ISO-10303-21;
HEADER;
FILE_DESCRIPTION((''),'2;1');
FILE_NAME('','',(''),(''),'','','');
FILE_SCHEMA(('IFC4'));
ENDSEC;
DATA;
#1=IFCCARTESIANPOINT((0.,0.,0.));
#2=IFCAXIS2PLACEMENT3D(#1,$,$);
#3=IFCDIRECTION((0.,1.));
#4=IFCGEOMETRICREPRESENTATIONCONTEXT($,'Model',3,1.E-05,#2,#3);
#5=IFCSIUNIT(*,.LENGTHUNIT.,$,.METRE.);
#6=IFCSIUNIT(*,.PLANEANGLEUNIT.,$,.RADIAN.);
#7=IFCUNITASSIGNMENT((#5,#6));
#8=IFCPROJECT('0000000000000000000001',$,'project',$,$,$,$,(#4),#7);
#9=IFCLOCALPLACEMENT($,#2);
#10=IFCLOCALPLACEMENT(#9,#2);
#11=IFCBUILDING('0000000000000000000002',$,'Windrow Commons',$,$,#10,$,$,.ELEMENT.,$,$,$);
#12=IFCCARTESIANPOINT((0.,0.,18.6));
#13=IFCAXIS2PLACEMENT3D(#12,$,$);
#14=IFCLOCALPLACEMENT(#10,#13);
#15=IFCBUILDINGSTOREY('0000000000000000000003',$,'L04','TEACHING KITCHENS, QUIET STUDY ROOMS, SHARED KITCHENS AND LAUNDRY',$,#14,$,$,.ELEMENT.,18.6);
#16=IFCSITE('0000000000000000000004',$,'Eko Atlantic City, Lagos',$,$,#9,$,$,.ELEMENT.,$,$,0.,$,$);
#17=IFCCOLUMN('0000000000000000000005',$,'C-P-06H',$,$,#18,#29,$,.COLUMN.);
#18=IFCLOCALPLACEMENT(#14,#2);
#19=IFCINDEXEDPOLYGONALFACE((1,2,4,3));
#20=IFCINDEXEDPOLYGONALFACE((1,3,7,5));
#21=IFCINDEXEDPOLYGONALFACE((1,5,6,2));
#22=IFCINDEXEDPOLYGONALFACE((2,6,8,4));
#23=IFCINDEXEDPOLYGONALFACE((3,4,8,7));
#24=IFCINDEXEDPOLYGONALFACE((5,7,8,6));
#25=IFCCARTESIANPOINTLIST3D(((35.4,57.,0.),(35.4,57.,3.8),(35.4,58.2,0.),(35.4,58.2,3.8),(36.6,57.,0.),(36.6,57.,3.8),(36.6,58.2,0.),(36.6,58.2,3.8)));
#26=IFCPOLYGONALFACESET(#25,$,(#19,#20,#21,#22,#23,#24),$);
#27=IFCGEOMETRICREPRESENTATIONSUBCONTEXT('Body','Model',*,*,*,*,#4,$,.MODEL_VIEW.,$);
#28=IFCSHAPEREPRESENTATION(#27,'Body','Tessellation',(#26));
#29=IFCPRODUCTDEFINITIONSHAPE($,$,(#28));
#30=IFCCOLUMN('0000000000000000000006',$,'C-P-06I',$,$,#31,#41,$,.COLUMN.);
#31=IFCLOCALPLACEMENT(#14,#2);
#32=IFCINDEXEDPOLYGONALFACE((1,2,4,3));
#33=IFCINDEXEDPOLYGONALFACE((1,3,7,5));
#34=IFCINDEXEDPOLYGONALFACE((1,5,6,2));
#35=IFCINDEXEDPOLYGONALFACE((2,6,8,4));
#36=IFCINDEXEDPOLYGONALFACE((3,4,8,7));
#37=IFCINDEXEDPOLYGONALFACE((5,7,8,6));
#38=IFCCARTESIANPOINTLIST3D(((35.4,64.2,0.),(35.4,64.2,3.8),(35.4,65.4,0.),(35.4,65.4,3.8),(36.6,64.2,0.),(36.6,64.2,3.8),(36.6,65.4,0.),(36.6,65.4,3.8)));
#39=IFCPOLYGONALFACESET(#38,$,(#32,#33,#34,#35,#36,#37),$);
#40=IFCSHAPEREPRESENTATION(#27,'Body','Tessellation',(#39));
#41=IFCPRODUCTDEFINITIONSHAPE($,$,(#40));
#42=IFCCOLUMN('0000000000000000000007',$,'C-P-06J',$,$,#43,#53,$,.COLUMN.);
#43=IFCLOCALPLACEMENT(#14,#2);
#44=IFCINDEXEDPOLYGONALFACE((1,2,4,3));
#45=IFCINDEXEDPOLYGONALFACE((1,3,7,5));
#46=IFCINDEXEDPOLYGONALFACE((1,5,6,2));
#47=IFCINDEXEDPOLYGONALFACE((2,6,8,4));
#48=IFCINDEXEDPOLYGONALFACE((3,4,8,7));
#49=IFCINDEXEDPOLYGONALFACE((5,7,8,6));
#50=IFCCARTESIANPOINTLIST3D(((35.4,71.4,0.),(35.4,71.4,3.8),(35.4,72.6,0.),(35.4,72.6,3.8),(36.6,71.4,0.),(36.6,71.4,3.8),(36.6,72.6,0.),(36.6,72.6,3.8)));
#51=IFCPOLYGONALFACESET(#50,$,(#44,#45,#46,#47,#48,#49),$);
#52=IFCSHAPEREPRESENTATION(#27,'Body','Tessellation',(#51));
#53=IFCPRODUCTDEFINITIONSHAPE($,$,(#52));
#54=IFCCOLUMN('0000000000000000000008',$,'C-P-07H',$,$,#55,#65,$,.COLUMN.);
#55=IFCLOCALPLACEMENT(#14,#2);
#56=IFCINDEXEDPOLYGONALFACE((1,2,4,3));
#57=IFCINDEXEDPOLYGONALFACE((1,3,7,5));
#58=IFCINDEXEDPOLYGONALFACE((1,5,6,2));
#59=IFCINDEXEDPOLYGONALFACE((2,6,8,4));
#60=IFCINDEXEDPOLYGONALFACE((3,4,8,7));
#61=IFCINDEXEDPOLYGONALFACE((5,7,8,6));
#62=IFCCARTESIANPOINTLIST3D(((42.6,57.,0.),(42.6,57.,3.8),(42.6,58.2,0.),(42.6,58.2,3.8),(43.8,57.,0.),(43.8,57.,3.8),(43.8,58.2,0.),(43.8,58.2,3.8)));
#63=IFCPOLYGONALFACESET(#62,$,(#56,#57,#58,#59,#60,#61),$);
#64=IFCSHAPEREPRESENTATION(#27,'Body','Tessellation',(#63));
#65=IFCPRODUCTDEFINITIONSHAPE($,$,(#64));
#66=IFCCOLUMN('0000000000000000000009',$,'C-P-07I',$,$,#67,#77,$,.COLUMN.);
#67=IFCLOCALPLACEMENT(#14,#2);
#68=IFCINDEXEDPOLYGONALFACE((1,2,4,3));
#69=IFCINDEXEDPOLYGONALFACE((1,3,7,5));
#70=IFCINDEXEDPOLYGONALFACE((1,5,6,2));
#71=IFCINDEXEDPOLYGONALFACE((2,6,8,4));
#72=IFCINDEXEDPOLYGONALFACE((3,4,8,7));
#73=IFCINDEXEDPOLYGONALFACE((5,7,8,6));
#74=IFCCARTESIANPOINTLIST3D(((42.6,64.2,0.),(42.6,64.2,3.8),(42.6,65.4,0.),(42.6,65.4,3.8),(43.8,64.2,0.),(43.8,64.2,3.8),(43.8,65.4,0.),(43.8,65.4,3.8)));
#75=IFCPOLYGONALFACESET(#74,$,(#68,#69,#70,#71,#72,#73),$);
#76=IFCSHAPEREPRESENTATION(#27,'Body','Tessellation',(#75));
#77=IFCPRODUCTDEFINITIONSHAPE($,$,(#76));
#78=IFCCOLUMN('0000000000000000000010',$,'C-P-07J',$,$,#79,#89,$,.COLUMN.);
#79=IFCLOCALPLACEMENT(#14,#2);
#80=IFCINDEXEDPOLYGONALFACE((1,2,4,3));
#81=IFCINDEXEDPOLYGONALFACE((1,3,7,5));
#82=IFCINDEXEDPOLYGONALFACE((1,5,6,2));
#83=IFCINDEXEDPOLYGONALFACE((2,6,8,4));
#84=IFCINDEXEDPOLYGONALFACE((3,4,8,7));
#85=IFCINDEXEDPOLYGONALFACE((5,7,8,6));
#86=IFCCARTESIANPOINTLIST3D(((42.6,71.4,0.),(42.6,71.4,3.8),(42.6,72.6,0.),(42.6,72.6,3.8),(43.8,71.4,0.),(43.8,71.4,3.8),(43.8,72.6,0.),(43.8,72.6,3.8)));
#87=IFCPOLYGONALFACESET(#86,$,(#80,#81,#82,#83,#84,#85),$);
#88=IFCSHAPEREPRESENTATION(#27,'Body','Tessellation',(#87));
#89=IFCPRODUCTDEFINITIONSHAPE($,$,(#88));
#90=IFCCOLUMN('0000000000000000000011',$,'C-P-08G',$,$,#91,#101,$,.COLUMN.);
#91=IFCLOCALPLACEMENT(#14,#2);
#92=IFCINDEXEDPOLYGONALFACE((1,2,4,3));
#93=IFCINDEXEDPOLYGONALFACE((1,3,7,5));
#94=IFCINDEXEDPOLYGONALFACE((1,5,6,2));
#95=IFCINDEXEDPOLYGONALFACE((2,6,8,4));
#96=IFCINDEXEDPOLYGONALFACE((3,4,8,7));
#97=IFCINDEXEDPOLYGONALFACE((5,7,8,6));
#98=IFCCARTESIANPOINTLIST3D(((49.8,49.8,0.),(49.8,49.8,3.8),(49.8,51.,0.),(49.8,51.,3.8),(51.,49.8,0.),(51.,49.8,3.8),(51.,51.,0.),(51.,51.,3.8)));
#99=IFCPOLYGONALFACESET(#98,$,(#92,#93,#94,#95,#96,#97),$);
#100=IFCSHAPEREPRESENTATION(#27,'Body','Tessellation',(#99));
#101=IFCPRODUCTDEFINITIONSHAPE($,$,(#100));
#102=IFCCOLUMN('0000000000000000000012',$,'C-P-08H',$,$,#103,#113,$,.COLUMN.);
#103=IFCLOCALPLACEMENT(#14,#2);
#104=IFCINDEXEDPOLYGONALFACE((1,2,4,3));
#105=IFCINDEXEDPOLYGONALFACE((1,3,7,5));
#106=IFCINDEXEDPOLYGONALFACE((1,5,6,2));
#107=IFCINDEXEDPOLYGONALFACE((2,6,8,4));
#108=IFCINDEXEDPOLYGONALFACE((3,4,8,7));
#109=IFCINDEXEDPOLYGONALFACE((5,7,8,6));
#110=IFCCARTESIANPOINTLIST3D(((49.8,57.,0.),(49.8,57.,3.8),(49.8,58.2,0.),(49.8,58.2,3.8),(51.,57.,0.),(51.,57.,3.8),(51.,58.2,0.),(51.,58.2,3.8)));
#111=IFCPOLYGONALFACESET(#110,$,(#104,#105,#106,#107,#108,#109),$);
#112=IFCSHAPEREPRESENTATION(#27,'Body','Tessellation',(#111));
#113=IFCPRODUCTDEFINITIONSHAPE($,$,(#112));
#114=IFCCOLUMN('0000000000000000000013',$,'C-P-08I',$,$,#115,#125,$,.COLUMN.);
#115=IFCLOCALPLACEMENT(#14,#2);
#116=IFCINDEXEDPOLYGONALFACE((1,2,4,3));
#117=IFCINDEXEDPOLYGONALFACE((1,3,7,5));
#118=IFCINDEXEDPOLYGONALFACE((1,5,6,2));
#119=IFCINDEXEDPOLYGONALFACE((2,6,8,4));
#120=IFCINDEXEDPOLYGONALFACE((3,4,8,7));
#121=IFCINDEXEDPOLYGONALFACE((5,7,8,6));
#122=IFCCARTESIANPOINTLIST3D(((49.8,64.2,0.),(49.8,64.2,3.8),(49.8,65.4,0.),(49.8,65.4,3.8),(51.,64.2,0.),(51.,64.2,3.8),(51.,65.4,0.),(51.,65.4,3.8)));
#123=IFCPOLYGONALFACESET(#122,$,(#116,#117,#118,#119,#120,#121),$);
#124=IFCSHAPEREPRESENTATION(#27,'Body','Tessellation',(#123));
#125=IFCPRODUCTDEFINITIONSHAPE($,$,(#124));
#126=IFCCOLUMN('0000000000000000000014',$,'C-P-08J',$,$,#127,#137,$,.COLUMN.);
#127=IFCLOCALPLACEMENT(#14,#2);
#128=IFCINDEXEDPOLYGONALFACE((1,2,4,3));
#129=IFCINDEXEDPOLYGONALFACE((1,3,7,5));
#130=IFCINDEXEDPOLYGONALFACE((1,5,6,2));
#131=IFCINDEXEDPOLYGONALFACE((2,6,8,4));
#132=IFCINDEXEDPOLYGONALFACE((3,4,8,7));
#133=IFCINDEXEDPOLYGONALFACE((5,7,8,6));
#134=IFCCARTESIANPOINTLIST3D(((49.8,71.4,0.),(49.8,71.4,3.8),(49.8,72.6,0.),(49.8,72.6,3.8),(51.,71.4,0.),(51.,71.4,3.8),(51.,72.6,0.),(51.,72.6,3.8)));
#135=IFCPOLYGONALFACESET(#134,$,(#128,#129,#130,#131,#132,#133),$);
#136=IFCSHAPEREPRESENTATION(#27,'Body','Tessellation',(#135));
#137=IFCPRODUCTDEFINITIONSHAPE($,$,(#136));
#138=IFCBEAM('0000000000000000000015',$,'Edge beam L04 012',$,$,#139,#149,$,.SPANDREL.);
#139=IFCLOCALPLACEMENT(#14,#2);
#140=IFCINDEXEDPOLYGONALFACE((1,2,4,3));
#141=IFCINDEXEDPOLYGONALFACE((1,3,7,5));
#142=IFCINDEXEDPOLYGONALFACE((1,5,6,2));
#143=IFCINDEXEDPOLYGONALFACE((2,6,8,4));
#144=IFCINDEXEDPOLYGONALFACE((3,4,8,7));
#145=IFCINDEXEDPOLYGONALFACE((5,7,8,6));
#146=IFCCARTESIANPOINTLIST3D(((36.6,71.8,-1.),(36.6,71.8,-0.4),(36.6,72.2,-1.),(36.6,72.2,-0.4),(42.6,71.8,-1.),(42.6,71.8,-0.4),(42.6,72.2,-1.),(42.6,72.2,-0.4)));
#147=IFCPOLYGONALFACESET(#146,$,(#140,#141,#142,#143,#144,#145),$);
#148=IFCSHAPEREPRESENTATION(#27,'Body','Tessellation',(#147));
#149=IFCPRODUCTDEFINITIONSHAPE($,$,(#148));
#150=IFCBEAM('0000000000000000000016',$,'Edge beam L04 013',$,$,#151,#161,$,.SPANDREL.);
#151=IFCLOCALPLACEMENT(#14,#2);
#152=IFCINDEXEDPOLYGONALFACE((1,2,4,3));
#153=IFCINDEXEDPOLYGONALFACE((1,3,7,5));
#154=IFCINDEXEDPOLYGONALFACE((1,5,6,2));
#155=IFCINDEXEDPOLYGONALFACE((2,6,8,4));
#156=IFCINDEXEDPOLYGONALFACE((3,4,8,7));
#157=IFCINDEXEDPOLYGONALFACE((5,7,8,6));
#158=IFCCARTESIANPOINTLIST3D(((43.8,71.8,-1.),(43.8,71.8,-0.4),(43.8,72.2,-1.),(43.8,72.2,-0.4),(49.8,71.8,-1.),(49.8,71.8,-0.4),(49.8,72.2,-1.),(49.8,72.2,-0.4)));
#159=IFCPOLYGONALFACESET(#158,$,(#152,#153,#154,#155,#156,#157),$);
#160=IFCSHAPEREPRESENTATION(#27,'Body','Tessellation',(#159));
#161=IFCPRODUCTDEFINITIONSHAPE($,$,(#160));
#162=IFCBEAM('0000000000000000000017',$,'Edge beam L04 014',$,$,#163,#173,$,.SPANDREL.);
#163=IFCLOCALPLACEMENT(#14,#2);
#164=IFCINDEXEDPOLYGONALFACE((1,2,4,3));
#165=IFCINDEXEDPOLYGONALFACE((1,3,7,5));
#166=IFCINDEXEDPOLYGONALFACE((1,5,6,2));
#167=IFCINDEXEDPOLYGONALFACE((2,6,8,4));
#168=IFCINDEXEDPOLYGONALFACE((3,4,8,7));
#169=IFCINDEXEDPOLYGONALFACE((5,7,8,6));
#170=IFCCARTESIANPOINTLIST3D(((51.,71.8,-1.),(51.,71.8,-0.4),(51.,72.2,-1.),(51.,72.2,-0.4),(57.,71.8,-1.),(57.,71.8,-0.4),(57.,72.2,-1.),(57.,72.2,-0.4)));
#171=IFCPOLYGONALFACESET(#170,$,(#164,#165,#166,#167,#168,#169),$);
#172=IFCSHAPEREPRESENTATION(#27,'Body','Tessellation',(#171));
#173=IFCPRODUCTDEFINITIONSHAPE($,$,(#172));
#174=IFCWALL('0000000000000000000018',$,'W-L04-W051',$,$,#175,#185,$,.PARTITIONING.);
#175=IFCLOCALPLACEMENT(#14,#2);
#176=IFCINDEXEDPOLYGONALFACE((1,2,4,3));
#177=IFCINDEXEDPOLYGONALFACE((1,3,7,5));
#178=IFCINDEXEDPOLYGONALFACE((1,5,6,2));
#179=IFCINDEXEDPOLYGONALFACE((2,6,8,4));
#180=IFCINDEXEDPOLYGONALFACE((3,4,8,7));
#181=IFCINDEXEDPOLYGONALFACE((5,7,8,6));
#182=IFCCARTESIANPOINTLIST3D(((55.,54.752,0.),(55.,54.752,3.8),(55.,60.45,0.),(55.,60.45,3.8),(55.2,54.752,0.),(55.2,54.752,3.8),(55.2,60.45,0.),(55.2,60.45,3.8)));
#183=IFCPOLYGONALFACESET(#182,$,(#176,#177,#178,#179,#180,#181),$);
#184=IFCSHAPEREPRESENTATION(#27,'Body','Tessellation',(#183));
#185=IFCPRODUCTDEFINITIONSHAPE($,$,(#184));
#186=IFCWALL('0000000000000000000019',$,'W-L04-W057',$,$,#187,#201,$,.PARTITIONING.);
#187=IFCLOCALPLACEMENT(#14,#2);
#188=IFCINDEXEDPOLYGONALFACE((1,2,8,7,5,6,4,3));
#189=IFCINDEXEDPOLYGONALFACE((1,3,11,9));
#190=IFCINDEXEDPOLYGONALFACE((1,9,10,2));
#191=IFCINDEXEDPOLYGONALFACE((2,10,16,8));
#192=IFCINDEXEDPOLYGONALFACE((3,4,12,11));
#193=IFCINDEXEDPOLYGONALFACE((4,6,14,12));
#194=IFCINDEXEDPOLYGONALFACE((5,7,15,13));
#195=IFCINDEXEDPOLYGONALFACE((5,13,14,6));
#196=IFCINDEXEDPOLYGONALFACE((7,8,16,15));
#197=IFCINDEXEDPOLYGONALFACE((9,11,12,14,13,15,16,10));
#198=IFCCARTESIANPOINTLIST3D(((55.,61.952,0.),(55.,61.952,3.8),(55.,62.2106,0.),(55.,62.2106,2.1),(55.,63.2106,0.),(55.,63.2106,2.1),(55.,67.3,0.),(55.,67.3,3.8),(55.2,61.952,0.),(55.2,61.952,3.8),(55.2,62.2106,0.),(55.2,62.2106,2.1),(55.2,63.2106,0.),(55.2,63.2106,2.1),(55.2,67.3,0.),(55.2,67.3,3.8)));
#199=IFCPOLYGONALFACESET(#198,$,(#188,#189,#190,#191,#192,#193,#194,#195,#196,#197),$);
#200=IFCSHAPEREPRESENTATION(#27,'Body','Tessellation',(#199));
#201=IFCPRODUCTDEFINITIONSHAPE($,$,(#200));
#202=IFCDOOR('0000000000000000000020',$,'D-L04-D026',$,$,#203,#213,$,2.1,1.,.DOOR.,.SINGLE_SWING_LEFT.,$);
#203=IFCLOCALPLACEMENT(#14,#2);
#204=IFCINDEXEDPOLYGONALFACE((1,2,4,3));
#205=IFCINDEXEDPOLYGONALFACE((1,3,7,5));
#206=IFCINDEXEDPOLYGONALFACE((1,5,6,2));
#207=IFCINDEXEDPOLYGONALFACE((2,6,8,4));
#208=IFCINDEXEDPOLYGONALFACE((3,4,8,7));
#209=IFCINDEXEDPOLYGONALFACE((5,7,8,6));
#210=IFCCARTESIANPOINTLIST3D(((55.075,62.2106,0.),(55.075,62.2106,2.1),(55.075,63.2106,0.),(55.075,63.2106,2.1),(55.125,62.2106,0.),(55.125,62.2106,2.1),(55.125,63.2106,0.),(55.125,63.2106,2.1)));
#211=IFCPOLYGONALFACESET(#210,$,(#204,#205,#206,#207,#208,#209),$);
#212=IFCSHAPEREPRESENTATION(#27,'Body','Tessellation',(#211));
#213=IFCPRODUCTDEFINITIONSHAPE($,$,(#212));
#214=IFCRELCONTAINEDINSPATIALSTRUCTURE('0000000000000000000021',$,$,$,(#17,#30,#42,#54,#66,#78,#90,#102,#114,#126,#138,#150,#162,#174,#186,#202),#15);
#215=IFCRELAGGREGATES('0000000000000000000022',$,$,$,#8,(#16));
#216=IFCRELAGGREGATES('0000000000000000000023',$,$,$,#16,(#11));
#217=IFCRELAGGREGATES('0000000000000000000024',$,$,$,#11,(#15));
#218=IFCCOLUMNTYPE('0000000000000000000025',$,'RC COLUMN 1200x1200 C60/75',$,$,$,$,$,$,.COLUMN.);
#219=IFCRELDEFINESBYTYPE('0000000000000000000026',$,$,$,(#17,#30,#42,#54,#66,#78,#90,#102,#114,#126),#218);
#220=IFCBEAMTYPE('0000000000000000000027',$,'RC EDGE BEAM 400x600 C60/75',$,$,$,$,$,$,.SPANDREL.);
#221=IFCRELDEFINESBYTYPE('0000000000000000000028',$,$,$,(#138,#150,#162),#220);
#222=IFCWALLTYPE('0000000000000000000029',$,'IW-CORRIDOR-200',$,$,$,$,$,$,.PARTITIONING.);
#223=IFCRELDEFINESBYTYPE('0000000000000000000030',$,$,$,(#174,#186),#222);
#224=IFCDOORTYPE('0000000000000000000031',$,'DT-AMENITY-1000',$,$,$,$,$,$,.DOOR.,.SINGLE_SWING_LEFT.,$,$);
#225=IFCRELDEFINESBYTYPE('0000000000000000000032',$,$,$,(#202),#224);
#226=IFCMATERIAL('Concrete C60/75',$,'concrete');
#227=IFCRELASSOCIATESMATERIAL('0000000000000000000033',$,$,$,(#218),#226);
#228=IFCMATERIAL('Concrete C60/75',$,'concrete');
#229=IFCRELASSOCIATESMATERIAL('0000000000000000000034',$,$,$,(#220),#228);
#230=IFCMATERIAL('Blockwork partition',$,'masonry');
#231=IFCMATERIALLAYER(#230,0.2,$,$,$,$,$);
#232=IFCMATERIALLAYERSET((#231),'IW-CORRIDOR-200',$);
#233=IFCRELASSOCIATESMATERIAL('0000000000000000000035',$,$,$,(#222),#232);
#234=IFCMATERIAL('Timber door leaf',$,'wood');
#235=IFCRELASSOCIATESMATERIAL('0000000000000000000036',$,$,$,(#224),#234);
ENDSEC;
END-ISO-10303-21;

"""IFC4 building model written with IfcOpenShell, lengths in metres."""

from ifc_helpers import new_model, si_unit, direction, frame, frame_2d, origin, origin_2d, place, context, subcontext, project, spatial, rectangle, extrude, material, layer, layer_set, material_profile, profile_set, type_object, element, fill, save


model = new_model("IFC4")

# Units and contexts
model_context = context("Model", 3, precision=1e-05, world=origin(), true_north=direction((0.0, 1.0)))
body_context = subcontext(model_context, "Body", "Model", "MODEL_VIEW")
ifc_project = project(units=[si_unit("LENGTHUNIT", "METRE"), si_unit("PLANEANGLEUNIT", "RADIAN")], contexts=[model_context])

# Site, building, storey
site_placement = place(None, origin())
site = spatial("IfcSite", under=ifc_project, at=site_placement, Name="Eko Atlantic City, Lagos", CompositionType="ELEMENT", RefElevation=0.0)
building_placement = place(site_placement, origin())
building = spatial("IfcBuilding", under=site, at=building_placement, Name="Windrow Commons", CompositionType="ELEMENT")
storey_placement = place(building_placement, frame((0.0, 0.0, 18.6)))
storey = spatial("IfcBuildingStorey", under=building, at=storey_placement, Name="L04", Description="TEACHING KITCHENS, QUIET STUDY ROOMS, SHARED KITCHENS AND LAUNDRY", CompositionType="ELEMENT", Elevation=18.6)

# Columns
ifc_material_1 = material(Name="Concrete C60/75", Category="concrete")
ifc_material_profile_1 = material_profile(ifc_material_1, rectangle(XDim=1.2, YDim=1.2, at=origin_2d()))
ifc_profile_set_1 = profile_set([ifc_material_profile_1], Name="Concrete C60/75")
column_type = type_object("IfcColumnType", Name="RC COLUMN 1200x1200 C60/75", PredefinedType="COLUMN", material=ifc_profile_set_1)
for number, where, z_axis, x_axis, name in (
    (1, (36.0, 57.6, 0.0), (0.0, 0.0, 1.0), (1.0, 0.0, 0.0), "C-P-06H"),
    (2, (36.0, 64.8, 0.0), (0.0, 0.0, 1.0), (1.0, 0.0, 0.0), "C-P-06I"),
    (3, (36.0, 72.0, 0.0), (0.0, 0.0, 1.0), (1.0, 0.0, 0.0), "C-P-06J"),
    (4, (43.2, 57.6, 0.0), (0.0, 0.0, 1.0), (1.0, 0.0, 0.0), "C-P-07H"),
    (5, (43.2, 64.8, 0.0), (0.0, 0.0, 1.0), (1.0, 0.0, 0.0), "C-P-07I"),
    (6, (43.2, 72.0, 0.0), (0.0, 0.0, 1.0), (1.0, 0.0, 0.0), "C-P-07J"),
    (7, (50.4, 50.4, 0.0), (0.0, 0.0, 1.0), (1.0, 0.0, 0.0), "C-P-08G"),
    (8, (50.4, 57.6, 0.0), (0.0, 0.0, 1.0), (1.0, 0.0, 0.0), "C-P-08H"),
    (9, (50.4, 64.8, 0.0), (0.0, 0.0, 1.0), (1.0, 0.0, 0.0), "C-P-08I"),
    (10, (50.4, 72.0, 0.0), (0.0, 0.0, 1.0), (1.0, 0.0, 0.0), "C-P-08J"),
):
    element("IfcColumn", number, at=place(storey_placement, frame(where, z_axis=z_axis, x_axis=x_axis)), inside=storey, type_object=column_type, Name=name, PredefinedType="COLUMN", context=body_context, shape_type="SweptSolid", body=[
        extrude(rectangle(XDim=1.2, YDim=1.2, at=origin_2d()), origin(), (0.0, 0.0, 1.0), 3.8),
    ])

# Beams
ifc_material_2 = material(Name="Concrete C60/75", Category="concrete")
ifc_material_profile_2 = material_profile(ifc_material_2, rectangle(XDim=0.4, YDim=0.6, at=origin_2d()))
ifc_profile_set_2 = profile_set([ifc_material_profile_2], Name="Concrete C60/75")
beam_type = type_object("IfcBeamType", Name="RC EDGE BEAM 400x600 C60/75", PredefinedType="SPANDREL", material=ifc_profile_set_2)
for number, where, z_axis, x_axis, name in (
    (11, (36.6, 72.0, -0.7), (1.0, 0.0, 0.0), (0.0, 1.0, 0.0), "Edge beam L04 012"),
    (12, (43.8, 72.0, -0.7), (1.0, 0.0, 0.0), (0.0, 1.0, 0.0), "Edge beam L04 013"),
    (13, (51.0, 72.0, -0.7), (1.0, 0.0, 0.0), (0.0, 1.0, 0.0), "Edge beam L04 014"),
):
    element("IfcBeam", number, at=place(storey_placement, frame(where, z_axis=z_axis, x_axis=x_axis)), inside=storey, type_object=beam_type, Name=name, PredefinedType="SPANDREL", context=body_context, shape_type="SweptSolid", body=[
        extrude(rectangle(XDim=0.4, YDim=0.6, at=origin_2d()), origin(), (0.0, 0.0, 1.0), 6.0),
    ])

# Wall
ifc_material_3 = material(Name="Blockwork partition", Category="masonry")
ifc_layer_1 = layer(ifc_material_3, 0.2)
ifc_layer_set_1 = layer_set([ifc_layer_1], Name="IW-CORRIDOR-200")
wall_type_1 = type_object("IfcWallType", Name="IW-CORRIDOR-200", PredefinedType="PARTITIONING", material=ifc_layer_set_1)
wall_1_placement = place(storey_placement, frame((55.1, 54.752, 0.0), z_axis=(0.0, 0.0, 1.0), x_axis=(0.0, 1.0, 0.0)))
element("IfcWall", 14, at=wall_1_placement, inside=storey, type_object=wall_type_1, Name="W-L04-W051", PredefinedType="PARTITIONING", context=body_context, shape_type="SweptSolid", body=[
    extrude(rectangle(XDim=5.698, YDim=0.2, at=frame_2d((2.849, 0.0))), origin(), (0.0, 0.0, 1.0), 3.8),
])

# Wall, opening, door
wall_2_placement = place(storey_placement, frame((55.1, 61.952, 0.0), z_axis=(0.0, 0.0, 1.0), x_axis=(0.0, 1.0, 0.0)))
wall_2 = element("IfcWall", 15, at=wall_2_placement, inside=storey, type_object=wall_type_1, Name="W-L04-W057", PredefinedType="PARTITIONING", context=body_context, shape_type="SweptSolid", body=[
    extrude(rectangle(XDim=5.348, YDim=0.2, at=frame_2d((2.674, 0.0))), origin(), (0.0, 0.0, 1.0), 3.8),
])
opening_placement = place(wall_2_placement, frame((0.2586, 0.0, 0.0)))
opening = element("IfcOpeningElement", 16, at=opening_placement, cuts=wall_2, PredefinedType="OPENING", context=body_context, shape_type="SweptSolid", body=[
    extrude(rectangle(XDim=1.0, YDim=2.1, at=frame_2d((0.5, 1.05))), frame((0.0, 0.11, 0.0), z_axis=(0.0, -1.0, 0.0), x_axis=(1.0, 0.0, 0.0)), (0.0, 0.0, 1.0), 0.22),
])
ifc_material_4 = material(Name="Timber door leaf", Category="wood")
door_type = type_object("IfcDoorType", Name="DT-AMENITY-1000", OperationType="SINGLE_SWING_LEFT", PredefinedType="DOOR", material=ifc_material_4)
door_placement = place(opening_placement, origin())
door = element("IfcDoor", 17, at=door_placement, inside=storey, type_object=door_type, Name="D-L04-D026", OperationType="SINGLE_SWING_LEFT", OverallHeight=2.1, OverallWidth=1.0, PredefinedType="DOOR", context=body_context, shape_type="SweptSolid", body=[
    extrude(rectangle(XDim=1.0, YDim=2.1, at=frame_2d((0.5, 1.05))), frame((0.0, 0.025, 0.0), z_axis=(0.0, -1.0, 0.0), x_axis=(1.0, 0.0, 0.0)), (0.0, 0.0, 1.0), 0.05),
])
fill(opening, door)

save(model, "model.ifc")
